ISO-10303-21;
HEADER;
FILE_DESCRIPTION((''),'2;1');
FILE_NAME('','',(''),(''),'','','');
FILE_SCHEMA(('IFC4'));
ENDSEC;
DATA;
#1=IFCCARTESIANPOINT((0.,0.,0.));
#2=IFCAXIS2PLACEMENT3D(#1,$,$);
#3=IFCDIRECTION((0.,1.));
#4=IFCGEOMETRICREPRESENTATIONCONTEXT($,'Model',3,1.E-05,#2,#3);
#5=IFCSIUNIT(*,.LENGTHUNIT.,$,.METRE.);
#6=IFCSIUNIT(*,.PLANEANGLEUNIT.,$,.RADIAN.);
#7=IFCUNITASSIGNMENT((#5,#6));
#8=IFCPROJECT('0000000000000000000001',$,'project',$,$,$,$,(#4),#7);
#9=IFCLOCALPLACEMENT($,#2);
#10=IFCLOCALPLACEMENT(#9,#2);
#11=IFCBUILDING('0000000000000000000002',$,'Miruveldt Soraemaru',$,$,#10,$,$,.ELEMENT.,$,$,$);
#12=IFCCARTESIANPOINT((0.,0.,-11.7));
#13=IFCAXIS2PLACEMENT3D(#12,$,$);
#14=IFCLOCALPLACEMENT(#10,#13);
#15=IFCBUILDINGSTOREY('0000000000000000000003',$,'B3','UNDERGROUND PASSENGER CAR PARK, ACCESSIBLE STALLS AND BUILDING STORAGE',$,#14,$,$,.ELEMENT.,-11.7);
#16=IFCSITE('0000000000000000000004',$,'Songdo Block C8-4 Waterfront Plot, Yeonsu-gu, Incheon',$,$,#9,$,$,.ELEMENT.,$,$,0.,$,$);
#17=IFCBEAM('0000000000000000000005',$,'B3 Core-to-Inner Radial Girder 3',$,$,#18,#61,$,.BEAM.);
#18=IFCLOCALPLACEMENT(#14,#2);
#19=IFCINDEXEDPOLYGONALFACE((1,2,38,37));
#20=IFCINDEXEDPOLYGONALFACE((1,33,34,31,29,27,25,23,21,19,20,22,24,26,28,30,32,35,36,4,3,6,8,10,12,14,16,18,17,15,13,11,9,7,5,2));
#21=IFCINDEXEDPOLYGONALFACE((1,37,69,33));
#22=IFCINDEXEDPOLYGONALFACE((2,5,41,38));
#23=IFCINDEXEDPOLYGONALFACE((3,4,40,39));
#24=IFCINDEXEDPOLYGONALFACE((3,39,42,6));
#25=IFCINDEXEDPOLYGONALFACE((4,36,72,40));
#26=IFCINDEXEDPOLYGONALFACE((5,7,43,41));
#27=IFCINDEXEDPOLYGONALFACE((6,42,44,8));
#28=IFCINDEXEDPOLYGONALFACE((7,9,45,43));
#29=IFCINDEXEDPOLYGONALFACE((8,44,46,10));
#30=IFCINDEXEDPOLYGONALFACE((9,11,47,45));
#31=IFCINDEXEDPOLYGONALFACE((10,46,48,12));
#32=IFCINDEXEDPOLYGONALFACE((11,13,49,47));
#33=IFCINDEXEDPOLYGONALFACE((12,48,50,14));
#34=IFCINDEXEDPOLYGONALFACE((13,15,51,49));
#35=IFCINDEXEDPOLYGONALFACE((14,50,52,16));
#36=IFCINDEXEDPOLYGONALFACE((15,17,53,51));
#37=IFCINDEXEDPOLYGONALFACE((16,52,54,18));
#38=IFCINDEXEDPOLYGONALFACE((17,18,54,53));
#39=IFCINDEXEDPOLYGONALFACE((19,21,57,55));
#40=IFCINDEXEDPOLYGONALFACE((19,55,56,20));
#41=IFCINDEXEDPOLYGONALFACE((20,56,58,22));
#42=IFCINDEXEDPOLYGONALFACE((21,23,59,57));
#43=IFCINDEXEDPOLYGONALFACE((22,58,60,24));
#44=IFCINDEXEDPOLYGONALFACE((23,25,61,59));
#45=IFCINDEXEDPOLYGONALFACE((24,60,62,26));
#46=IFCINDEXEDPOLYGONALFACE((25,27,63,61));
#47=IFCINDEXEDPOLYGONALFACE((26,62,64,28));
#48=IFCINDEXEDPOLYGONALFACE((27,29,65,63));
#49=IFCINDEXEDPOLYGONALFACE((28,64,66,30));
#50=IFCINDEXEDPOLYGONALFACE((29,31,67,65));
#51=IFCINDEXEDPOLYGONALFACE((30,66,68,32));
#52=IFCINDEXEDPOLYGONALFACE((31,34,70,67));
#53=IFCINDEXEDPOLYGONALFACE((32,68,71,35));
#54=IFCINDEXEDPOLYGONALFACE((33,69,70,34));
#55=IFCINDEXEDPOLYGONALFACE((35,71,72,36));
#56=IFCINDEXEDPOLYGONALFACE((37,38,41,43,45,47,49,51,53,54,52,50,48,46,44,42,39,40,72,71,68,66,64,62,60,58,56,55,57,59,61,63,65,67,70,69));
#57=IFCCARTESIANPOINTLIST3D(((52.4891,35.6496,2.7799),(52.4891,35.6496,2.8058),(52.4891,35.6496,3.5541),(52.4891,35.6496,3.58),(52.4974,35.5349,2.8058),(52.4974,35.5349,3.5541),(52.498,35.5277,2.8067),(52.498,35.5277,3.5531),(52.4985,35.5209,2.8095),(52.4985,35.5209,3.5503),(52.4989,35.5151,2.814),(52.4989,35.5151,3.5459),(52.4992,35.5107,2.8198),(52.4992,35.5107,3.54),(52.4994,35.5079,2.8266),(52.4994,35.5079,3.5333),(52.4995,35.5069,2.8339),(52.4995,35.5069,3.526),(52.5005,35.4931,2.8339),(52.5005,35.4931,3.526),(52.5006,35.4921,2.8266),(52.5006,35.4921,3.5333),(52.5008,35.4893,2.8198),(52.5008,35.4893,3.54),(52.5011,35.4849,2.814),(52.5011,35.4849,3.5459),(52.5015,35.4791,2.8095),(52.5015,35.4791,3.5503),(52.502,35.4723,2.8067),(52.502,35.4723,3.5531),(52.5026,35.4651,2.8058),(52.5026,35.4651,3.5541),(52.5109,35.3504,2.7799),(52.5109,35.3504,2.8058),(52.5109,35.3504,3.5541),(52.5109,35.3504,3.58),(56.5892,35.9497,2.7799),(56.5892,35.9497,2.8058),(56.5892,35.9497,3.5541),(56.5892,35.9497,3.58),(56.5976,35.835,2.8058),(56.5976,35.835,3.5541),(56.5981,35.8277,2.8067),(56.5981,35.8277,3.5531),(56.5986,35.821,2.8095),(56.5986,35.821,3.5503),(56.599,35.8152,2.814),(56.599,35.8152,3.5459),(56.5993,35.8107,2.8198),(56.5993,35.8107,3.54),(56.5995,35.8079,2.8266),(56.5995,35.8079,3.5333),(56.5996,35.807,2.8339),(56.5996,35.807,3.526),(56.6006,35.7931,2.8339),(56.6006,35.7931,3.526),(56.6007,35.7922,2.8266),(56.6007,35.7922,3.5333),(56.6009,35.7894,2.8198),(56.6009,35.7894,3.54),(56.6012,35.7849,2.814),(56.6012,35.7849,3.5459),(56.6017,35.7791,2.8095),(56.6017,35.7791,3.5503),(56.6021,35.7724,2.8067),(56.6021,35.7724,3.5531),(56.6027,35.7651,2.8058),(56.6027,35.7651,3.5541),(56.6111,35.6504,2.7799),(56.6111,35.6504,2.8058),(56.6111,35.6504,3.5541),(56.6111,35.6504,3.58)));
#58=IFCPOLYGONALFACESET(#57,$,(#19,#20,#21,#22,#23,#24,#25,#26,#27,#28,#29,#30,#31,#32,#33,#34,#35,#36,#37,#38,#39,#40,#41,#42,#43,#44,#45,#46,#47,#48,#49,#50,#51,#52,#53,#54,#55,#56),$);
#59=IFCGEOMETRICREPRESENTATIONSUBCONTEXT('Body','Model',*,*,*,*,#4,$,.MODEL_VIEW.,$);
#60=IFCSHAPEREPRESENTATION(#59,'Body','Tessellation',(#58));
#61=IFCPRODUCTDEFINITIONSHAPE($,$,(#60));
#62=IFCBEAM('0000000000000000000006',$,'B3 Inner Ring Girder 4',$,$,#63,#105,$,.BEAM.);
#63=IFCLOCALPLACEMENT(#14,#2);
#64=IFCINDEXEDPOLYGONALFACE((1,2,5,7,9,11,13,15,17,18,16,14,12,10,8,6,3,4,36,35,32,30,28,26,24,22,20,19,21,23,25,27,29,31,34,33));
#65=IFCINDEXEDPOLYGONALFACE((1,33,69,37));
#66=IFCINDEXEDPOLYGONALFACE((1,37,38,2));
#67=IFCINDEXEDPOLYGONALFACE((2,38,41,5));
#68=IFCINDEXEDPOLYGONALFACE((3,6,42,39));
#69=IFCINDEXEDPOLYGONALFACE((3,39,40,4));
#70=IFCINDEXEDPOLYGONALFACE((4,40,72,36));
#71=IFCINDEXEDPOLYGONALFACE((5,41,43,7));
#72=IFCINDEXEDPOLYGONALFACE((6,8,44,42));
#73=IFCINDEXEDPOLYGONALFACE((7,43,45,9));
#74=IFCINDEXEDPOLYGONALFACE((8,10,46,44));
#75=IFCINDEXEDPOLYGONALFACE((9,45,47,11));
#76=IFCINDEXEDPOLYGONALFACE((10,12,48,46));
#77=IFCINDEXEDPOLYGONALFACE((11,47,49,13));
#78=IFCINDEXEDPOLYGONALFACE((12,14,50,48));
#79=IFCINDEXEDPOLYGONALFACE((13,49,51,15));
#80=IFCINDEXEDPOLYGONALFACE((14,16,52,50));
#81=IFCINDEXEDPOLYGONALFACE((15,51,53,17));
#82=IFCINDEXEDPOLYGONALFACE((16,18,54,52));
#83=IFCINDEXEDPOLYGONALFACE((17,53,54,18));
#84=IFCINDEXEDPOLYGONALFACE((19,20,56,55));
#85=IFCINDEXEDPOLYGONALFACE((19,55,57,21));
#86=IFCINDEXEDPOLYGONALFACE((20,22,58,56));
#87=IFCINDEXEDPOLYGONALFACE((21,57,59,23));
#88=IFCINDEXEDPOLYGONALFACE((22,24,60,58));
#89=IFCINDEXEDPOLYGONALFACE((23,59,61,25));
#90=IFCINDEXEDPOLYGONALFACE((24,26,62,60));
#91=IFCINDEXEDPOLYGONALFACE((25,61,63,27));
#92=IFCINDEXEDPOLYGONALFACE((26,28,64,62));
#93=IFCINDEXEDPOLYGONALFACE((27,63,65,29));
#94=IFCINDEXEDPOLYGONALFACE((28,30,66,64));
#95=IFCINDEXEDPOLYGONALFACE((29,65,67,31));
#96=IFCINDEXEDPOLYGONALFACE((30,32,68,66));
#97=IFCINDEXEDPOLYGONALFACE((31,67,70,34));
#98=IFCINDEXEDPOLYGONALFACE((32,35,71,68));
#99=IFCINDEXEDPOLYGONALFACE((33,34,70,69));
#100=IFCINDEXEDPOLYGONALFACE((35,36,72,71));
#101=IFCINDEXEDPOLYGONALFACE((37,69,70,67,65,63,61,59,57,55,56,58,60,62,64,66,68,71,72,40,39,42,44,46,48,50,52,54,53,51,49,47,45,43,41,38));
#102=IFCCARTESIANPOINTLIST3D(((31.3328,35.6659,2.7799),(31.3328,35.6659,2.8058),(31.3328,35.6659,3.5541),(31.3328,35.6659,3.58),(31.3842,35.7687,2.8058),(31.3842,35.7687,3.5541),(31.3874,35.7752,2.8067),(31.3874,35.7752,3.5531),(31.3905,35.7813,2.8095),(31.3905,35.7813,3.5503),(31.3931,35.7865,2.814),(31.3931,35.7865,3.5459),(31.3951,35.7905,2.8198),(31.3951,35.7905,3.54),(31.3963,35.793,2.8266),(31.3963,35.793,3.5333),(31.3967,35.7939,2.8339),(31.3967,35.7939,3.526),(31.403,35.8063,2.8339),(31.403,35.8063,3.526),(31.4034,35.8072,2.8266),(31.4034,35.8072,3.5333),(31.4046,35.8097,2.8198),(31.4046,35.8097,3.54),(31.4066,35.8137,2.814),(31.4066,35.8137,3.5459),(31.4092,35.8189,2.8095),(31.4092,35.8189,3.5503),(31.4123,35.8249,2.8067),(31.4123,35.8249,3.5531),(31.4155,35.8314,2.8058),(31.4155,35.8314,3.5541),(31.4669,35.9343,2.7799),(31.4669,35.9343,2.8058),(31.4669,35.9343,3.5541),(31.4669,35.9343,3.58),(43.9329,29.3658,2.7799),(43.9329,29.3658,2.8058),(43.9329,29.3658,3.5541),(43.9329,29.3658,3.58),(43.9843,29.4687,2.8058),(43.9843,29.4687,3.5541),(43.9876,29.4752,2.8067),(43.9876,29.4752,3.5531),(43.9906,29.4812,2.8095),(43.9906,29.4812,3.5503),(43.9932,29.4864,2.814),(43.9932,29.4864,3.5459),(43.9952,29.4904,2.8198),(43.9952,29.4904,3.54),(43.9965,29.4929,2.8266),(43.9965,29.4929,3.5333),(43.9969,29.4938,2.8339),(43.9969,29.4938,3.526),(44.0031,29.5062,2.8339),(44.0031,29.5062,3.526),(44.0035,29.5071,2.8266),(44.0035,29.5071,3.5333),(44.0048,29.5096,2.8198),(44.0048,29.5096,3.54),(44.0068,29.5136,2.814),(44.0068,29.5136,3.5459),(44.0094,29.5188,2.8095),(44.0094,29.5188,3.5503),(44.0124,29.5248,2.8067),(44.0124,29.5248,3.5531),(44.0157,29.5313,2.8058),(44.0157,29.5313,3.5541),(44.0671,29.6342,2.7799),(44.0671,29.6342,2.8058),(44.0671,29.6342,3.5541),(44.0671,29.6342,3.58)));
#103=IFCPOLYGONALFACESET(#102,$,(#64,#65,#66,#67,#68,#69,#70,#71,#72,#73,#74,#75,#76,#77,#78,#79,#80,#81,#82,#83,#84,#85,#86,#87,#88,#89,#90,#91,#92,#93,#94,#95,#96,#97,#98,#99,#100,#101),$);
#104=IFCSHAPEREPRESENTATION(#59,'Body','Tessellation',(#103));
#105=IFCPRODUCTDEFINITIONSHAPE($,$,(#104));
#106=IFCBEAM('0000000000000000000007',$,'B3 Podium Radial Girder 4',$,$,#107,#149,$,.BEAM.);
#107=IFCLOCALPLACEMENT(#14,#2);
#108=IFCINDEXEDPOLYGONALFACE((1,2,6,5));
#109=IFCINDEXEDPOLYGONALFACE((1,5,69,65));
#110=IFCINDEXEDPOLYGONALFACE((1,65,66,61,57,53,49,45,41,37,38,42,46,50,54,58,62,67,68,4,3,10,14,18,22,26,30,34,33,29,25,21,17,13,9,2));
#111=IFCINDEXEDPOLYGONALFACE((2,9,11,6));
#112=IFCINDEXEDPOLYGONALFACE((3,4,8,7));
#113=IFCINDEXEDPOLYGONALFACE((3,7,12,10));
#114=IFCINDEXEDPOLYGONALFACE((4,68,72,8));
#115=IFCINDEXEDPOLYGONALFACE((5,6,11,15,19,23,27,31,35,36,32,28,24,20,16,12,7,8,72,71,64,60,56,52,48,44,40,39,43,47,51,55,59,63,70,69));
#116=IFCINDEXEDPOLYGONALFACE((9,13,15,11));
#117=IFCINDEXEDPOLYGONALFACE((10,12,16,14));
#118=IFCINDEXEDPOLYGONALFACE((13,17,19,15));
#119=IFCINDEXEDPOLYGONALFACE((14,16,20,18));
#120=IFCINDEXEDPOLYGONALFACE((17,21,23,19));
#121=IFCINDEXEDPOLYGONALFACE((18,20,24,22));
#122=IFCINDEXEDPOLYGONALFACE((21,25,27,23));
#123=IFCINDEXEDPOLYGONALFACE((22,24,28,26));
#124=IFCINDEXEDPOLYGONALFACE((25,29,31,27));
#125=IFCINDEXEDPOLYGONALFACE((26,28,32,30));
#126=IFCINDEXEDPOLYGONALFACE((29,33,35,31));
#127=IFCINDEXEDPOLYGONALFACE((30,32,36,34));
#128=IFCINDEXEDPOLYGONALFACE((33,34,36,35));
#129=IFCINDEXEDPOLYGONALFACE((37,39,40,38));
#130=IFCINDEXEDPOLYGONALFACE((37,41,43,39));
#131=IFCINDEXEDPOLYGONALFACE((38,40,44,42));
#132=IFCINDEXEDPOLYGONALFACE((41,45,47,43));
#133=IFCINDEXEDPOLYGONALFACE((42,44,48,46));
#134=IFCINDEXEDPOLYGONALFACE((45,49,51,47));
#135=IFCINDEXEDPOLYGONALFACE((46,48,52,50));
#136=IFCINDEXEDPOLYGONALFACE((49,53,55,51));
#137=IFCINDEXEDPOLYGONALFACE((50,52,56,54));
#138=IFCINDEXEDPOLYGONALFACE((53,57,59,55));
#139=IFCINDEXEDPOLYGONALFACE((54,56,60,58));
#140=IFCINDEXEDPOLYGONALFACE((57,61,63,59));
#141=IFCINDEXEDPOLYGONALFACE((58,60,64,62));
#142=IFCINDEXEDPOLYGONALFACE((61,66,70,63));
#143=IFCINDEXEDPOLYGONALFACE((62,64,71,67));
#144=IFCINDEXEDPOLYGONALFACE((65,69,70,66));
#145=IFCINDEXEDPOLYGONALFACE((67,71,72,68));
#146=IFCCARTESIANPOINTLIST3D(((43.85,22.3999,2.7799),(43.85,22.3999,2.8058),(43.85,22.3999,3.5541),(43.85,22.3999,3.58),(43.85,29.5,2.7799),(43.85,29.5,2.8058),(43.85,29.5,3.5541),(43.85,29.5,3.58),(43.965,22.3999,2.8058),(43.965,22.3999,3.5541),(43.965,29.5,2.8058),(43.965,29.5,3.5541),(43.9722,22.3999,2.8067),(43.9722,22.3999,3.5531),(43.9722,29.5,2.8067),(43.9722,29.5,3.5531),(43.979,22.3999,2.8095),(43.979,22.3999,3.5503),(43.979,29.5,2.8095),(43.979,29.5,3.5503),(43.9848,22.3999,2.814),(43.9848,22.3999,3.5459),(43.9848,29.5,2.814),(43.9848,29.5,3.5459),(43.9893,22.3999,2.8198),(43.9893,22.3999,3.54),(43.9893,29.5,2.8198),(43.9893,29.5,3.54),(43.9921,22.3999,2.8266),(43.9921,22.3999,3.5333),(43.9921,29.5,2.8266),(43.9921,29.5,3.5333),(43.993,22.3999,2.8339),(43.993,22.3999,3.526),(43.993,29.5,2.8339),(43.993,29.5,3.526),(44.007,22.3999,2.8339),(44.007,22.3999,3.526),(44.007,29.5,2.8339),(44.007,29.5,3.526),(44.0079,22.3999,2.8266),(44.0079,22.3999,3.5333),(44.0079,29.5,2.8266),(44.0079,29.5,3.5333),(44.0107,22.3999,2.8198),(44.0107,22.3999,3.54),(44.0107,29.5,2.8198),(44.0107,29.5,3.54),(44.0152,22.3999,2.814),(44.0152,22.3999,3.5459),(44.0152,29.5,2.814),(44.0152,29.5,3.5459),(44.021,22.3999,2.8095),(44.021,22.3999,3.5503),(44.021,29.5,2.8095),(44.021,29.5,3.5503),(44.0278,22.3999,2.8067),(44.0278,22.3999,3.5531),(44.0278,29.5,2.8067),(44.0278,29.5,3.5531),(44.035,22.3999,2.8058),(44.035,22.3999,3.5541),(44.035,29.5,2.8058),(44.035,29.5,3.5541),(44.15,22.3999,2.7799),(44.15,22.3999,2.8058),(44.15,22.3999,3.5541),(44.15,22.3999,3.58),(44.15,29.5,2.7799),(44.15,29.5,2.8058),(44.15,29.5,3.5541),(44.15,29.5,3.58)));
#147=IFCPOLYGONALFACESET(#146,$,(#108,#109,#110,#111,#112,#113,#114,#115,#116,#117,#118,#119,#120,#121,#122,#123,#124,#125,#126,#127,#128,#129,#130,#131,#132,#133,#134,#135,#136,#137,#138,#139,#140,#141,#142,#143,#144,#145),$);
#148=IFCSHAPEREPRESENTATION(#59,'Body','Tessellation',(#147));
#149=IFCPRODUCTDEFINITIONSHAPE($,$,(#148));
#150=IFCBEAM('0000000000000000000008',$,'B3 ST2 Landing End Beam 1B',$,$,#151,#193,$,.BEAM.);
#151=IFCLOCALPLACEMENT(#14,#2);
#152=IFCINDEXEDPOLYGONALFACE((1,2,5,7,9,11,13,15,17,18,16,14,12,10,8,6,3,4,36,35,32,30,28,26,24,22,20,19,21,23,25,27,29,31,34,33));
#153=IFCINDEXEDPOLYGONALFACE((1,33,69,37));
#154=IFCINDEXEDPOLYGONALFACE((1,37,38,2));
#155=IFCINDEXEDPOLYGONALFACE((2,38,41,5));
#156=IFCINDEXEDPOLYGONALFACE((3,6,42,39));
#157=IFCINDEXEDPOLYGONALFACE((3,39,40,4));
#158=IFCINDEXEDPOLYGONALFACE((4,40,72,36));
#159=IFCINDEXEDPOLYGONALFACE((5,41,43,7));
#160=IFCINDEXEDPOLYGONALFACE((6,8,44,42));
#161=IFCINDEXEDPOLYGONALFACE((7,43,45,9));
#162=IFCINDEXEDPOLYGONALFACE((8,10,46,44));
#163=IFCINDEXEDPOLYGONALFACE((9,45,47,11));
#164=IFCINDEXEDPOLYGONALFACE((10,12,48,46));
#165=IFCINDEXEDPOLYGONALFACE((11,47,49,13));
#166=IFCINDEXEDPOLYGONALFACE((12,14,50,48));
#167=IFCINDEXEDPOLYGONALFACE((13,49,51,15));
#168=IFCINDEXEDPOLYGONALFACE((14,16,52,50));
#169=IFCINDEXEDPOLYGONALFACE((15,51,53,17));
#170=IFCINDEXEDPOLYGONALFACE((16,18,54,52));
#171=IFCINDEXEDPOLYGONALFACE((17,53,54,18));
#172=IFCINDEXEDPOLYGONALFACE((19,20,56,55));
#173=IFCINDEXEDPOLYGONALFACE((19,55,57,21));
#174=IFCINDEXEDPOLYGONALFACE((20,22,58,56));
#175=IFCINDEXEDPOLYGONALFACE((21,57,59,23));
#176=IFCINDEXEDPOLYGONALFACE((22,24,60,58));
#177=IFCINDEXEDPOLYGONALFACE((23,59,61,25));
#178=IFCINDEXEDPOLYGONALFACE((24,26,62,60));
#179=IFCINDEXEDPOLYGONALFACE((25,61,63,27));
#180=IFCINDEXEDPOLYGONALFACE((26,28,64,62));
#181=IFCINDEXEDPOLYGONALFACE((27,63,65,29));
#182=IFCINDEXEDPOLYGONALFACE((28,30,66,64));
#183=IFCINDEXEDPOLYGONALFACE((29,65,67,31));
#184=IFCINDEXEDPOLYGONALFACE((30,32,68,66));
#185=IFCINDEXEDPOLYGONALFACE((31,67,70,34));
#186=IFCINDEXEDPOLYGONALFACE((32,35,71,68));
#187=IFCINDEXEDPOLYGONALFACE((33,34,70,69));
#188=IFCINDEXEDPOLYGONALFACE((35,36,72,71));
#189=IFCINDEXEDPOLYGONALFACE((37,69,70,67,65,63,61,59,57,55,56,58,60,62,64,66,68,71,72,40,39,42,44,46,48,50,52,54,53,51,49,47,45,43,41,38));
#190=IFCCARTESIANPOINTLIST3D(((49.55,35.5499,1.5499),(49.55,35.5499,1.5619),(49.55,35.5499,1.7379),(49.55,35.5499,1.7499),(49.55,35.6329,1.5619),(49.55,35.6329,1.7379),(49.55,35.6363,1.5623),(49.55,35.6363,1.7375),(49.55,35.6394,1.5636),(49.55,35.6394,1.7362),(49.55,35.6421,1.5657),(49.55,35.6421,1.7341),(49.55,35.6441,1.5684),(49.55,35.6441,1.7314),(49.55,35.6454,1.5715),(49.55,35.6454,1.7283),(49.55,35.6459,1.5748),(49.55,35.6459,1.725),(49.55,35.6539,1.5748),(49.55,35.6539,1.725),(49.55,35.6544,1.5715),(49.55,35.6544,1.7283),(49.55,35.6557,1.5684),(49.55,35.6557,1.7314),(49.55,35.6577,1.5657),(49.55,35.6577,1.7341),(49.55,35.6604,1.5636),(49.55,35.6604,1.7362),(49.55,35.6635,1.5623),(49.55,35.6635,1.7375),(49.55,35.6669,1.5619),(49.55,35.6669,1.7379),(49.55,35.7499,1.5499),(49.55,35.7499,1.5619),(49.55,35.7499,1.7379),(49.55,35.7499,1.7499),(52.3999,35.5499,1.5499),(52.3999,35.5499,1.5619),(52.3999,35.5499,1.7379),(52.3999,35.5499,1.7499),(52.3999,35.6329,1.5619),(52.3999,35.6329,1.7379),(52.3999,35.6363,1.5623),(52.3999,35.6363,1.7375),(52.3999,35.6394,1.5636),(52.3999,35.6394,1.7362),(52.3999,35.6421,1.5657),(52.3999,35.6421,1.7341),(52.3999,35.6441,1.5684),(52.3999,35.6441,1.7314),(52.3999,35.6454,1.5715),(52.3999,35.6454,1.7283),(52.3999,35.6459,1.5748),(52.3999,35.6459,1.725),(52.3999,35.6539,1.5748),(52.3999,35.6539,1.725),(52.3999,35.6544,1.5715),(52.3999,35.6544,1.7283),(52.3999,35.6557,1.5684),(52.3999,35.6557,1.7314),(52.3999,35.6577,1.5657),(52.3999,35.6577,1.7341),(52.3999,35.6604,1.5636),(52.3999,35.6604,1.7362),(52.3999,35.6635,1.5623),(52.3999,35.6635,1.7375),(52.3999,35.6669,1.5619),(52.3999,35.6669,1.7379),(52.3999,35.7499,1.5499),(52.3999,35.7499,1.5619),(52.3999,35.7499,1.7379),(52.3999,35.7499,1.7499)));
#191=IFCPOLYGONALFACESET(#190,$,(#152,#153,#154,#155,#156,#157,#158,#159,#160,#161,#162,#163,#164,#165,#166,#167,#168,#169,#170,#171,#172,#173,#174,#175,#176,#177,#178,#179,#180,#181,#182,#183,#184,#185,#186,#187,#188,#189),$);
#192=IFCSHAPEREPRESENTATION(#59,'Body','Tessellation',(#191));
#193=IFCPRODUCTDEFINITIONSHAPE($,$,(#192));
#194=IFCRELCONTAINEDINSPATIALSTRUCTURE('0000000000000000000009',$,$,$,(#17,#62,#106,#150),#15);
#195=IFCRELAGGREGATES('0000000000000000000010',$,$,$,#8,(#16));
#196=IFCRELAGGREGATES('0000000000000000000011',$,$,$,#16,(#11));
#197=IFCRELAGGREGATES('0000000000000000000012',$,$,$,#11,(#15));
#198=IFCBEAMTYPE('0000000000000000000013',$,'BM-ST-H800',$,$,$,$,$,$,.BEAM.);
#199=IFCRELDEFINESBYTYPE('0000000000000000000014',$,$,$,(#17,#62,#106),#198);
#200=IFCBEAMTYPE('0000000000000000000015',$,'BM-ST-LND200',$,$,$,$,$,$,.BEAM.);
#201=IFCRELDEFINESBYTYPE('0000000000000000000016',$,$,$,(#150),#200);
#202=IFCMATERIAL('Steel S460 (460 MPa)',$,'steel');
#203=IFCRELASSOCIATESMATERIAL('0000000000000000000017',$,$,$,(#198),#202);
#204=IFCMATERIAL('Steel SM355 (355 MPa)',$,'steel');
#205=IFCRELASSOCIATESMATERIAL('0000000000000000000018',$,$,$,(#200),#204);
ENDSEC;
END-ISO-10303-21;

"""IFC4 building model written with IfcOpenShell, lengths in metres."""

from ifc_helpers import new_model, si_unit, direction, frame, origin, origin_2d, place, context, subcontext, project, spatial, i_section, extrude, material, material_profile, profile_set, type_object, element, save


model = new_model("IFC4")

# Units and contexts
model_context = context("Model", 3, precision=1e-05, world=origin(), true_north=direction((0.0, 1.0)))
body_context = subcontext(model_context, "Body", "Model", "MODEL_VIEW")
ifc_project = project(units=[si_unit("LENGTHUNIT", "METRE"), si_unit("PLANEANGLEUNIT", "RADIAN")], contexts=[model_context])

# Site, building, storey
site_placement = place(None, origin())
site = spatial("IfcSite", under=ifc_project, at=site_placement, Name="Songdo Block C8-4 Waterfront Plot, Yeonsu-gu, Incheon", CompositionType="ELEMENT", RefElevation=0.0)
building_placement = place(site_placement, origin())
building = spatial("IfcBuilding", under=site, at=building_placement, Name="Miruveldt Soraemaru", CompositionType="ELEMENT")
storey_placement = place(building_placement, frame((0.0, 0.0, -11.7)))
storey = spatial("IfcBuildingStorey", under=building, at=storey_placement, Name="B3", Description="UNDERGROUND PASSENGER CAR PARK, ACCESSIBLE STALLS AND BUILDING STORAGE", CompositionType="ELEMENT", Elevation=-11.7)

# Beams
ifc_material_1 = material(Name="Steel SM355 (355 MPa)", Category="steel")
ifc_material_2 = material(Name="Steel S460 (460 MPa)", Category="steel")
ifc_material_profile_1 = material_profile(ifc_material_2, i_section(OverallWidth=0.3, OverallDepth=0.8, WebThickness=0.0139, FlangeThickness=0.0259, FilletRadius=0.0281, at=origin_2d()), Name="Steel S460 (460 MPa)", Category="steel")
ifc_profile_set_1 = profile_set([ifc_material_profile_1], Name="Steel S460 (460 MPa)")
beam_type_1 = type_object("IfcBeamType", Name="BM-ST-H800", PredefinedType="BEAM", material=ifc_profile_set_1)
beam_1_placement = place(storey_placement, frame((52.5, 35.5, 3.1799), z_axis=(0.997333, 0.072986, 0.0), x_axis=(-0.072986, 0.997333, 0.0)))
element("IfcBeam", 1, at=beam_1_placement, inside=storey, type_object=beam_type_1, Name="B3 Core-to-Inner Radial Girder 3", PredefinedType="BEAM", context=body_context, shape_type="SweptSolid", body=[
    extrude(i_section(OverallWidth=0.3, OverallDepth=0.8, WebThickness=0.0139, FlangeThickness=0.0259, FilletRadius=0.0281, at=origin_2d()), origin(), (0.0, 0.0, 1.0), 4.1111),
])
beam_2_placement = place(storey_placement, frame((44.0, 29.5, 3.1799), z_axis=(-0.894427, 0.447214, 0.0), x_axis=(-0.447214, -0.894427, 0.0)))
element("IfcBeam", 2, at=beam_2_placement, inside=storey, type_object=beam_type_1, Name="B3 Inner Ring Girder 4", PredefinedType="BEAM", context=body_context, shape_type="SweptSolid", body=[
    extrude(i_section(OverallWidth=0.3, OverallDepth=0.8, WebThickness=0.0139, FlangeThickness=0.0259, FilletRadius=0.0281, at=origin_2d()), origin(), (0.0, 0.0, 1.0), 14.0874),
])
beam_3_placement = place(storey_placement, frame((44.0, 29.5, 3.1799), z_axis=(0.0, -1.0, 0.0), x_axis=(1.0, 0.0, 0.0)))
element("IfcBeam", 3, at=beam_3_placement, inside=storey, type_object=beam_type_1, Name="B3 Podium Radial Girder 4", PredefinedType="BEAM", context=body_context, shape_type="SweptSolid", body=[
    extrude(i_section(OverallWidth=0.3, OverallDepth=0.8, WebThickness=0.0139, FlangeThickness=0.0259, FilletRadius=0.0281, at=origin_2d()), origin(), (0.0, 0.0, 1.0), 7.1001),
])
ifc_material_profile_2 = material_profile(ifc_material_1, i_section(OverallWidth=0.2, OverallDepth=0.2, WebThickness=0.0081, FlangeThickness=0.012, FilletRadius=0.0129, at=origin_2d()), Name="Steel SM355 (355 MPa)", Category="steel")
ifc_profile_set_2 = profile_set([ifc_material_profile_2], Name="Steel SM355 (355 MPa)")
beam_type_2 = type_object("IfcBeamType", Name="BM-ST-LND200", PredefinedType="BEAM", material=ifc_profile_set_2)
beam_4_placement = place(storey_placement, frame((49.55, 35.6499, 1.6499), z_axis=(1.0, 0.0, 0.0), x_axis=(0.0, 1.0, 0.0)))
element("IfcBeam", 4, at=beam_4_placement, inside=storey, type_object=beam_type_2, Name="B3 ST2 Landing End Beam 1B", PredefinedType="BEAM", context=body_context, shape_type="SweptSolid", body=[
    extrude(i_section(OverallWidth=0.2, OverallDepth=0.2, WebThickness=0.0081, FlangeThickness=0.012, FilletRadius=0.0129, at=origin_2d()), origin(), (0.0, 0.0, 1.0), 2.8499),
])

save(model, "model.ifc")
